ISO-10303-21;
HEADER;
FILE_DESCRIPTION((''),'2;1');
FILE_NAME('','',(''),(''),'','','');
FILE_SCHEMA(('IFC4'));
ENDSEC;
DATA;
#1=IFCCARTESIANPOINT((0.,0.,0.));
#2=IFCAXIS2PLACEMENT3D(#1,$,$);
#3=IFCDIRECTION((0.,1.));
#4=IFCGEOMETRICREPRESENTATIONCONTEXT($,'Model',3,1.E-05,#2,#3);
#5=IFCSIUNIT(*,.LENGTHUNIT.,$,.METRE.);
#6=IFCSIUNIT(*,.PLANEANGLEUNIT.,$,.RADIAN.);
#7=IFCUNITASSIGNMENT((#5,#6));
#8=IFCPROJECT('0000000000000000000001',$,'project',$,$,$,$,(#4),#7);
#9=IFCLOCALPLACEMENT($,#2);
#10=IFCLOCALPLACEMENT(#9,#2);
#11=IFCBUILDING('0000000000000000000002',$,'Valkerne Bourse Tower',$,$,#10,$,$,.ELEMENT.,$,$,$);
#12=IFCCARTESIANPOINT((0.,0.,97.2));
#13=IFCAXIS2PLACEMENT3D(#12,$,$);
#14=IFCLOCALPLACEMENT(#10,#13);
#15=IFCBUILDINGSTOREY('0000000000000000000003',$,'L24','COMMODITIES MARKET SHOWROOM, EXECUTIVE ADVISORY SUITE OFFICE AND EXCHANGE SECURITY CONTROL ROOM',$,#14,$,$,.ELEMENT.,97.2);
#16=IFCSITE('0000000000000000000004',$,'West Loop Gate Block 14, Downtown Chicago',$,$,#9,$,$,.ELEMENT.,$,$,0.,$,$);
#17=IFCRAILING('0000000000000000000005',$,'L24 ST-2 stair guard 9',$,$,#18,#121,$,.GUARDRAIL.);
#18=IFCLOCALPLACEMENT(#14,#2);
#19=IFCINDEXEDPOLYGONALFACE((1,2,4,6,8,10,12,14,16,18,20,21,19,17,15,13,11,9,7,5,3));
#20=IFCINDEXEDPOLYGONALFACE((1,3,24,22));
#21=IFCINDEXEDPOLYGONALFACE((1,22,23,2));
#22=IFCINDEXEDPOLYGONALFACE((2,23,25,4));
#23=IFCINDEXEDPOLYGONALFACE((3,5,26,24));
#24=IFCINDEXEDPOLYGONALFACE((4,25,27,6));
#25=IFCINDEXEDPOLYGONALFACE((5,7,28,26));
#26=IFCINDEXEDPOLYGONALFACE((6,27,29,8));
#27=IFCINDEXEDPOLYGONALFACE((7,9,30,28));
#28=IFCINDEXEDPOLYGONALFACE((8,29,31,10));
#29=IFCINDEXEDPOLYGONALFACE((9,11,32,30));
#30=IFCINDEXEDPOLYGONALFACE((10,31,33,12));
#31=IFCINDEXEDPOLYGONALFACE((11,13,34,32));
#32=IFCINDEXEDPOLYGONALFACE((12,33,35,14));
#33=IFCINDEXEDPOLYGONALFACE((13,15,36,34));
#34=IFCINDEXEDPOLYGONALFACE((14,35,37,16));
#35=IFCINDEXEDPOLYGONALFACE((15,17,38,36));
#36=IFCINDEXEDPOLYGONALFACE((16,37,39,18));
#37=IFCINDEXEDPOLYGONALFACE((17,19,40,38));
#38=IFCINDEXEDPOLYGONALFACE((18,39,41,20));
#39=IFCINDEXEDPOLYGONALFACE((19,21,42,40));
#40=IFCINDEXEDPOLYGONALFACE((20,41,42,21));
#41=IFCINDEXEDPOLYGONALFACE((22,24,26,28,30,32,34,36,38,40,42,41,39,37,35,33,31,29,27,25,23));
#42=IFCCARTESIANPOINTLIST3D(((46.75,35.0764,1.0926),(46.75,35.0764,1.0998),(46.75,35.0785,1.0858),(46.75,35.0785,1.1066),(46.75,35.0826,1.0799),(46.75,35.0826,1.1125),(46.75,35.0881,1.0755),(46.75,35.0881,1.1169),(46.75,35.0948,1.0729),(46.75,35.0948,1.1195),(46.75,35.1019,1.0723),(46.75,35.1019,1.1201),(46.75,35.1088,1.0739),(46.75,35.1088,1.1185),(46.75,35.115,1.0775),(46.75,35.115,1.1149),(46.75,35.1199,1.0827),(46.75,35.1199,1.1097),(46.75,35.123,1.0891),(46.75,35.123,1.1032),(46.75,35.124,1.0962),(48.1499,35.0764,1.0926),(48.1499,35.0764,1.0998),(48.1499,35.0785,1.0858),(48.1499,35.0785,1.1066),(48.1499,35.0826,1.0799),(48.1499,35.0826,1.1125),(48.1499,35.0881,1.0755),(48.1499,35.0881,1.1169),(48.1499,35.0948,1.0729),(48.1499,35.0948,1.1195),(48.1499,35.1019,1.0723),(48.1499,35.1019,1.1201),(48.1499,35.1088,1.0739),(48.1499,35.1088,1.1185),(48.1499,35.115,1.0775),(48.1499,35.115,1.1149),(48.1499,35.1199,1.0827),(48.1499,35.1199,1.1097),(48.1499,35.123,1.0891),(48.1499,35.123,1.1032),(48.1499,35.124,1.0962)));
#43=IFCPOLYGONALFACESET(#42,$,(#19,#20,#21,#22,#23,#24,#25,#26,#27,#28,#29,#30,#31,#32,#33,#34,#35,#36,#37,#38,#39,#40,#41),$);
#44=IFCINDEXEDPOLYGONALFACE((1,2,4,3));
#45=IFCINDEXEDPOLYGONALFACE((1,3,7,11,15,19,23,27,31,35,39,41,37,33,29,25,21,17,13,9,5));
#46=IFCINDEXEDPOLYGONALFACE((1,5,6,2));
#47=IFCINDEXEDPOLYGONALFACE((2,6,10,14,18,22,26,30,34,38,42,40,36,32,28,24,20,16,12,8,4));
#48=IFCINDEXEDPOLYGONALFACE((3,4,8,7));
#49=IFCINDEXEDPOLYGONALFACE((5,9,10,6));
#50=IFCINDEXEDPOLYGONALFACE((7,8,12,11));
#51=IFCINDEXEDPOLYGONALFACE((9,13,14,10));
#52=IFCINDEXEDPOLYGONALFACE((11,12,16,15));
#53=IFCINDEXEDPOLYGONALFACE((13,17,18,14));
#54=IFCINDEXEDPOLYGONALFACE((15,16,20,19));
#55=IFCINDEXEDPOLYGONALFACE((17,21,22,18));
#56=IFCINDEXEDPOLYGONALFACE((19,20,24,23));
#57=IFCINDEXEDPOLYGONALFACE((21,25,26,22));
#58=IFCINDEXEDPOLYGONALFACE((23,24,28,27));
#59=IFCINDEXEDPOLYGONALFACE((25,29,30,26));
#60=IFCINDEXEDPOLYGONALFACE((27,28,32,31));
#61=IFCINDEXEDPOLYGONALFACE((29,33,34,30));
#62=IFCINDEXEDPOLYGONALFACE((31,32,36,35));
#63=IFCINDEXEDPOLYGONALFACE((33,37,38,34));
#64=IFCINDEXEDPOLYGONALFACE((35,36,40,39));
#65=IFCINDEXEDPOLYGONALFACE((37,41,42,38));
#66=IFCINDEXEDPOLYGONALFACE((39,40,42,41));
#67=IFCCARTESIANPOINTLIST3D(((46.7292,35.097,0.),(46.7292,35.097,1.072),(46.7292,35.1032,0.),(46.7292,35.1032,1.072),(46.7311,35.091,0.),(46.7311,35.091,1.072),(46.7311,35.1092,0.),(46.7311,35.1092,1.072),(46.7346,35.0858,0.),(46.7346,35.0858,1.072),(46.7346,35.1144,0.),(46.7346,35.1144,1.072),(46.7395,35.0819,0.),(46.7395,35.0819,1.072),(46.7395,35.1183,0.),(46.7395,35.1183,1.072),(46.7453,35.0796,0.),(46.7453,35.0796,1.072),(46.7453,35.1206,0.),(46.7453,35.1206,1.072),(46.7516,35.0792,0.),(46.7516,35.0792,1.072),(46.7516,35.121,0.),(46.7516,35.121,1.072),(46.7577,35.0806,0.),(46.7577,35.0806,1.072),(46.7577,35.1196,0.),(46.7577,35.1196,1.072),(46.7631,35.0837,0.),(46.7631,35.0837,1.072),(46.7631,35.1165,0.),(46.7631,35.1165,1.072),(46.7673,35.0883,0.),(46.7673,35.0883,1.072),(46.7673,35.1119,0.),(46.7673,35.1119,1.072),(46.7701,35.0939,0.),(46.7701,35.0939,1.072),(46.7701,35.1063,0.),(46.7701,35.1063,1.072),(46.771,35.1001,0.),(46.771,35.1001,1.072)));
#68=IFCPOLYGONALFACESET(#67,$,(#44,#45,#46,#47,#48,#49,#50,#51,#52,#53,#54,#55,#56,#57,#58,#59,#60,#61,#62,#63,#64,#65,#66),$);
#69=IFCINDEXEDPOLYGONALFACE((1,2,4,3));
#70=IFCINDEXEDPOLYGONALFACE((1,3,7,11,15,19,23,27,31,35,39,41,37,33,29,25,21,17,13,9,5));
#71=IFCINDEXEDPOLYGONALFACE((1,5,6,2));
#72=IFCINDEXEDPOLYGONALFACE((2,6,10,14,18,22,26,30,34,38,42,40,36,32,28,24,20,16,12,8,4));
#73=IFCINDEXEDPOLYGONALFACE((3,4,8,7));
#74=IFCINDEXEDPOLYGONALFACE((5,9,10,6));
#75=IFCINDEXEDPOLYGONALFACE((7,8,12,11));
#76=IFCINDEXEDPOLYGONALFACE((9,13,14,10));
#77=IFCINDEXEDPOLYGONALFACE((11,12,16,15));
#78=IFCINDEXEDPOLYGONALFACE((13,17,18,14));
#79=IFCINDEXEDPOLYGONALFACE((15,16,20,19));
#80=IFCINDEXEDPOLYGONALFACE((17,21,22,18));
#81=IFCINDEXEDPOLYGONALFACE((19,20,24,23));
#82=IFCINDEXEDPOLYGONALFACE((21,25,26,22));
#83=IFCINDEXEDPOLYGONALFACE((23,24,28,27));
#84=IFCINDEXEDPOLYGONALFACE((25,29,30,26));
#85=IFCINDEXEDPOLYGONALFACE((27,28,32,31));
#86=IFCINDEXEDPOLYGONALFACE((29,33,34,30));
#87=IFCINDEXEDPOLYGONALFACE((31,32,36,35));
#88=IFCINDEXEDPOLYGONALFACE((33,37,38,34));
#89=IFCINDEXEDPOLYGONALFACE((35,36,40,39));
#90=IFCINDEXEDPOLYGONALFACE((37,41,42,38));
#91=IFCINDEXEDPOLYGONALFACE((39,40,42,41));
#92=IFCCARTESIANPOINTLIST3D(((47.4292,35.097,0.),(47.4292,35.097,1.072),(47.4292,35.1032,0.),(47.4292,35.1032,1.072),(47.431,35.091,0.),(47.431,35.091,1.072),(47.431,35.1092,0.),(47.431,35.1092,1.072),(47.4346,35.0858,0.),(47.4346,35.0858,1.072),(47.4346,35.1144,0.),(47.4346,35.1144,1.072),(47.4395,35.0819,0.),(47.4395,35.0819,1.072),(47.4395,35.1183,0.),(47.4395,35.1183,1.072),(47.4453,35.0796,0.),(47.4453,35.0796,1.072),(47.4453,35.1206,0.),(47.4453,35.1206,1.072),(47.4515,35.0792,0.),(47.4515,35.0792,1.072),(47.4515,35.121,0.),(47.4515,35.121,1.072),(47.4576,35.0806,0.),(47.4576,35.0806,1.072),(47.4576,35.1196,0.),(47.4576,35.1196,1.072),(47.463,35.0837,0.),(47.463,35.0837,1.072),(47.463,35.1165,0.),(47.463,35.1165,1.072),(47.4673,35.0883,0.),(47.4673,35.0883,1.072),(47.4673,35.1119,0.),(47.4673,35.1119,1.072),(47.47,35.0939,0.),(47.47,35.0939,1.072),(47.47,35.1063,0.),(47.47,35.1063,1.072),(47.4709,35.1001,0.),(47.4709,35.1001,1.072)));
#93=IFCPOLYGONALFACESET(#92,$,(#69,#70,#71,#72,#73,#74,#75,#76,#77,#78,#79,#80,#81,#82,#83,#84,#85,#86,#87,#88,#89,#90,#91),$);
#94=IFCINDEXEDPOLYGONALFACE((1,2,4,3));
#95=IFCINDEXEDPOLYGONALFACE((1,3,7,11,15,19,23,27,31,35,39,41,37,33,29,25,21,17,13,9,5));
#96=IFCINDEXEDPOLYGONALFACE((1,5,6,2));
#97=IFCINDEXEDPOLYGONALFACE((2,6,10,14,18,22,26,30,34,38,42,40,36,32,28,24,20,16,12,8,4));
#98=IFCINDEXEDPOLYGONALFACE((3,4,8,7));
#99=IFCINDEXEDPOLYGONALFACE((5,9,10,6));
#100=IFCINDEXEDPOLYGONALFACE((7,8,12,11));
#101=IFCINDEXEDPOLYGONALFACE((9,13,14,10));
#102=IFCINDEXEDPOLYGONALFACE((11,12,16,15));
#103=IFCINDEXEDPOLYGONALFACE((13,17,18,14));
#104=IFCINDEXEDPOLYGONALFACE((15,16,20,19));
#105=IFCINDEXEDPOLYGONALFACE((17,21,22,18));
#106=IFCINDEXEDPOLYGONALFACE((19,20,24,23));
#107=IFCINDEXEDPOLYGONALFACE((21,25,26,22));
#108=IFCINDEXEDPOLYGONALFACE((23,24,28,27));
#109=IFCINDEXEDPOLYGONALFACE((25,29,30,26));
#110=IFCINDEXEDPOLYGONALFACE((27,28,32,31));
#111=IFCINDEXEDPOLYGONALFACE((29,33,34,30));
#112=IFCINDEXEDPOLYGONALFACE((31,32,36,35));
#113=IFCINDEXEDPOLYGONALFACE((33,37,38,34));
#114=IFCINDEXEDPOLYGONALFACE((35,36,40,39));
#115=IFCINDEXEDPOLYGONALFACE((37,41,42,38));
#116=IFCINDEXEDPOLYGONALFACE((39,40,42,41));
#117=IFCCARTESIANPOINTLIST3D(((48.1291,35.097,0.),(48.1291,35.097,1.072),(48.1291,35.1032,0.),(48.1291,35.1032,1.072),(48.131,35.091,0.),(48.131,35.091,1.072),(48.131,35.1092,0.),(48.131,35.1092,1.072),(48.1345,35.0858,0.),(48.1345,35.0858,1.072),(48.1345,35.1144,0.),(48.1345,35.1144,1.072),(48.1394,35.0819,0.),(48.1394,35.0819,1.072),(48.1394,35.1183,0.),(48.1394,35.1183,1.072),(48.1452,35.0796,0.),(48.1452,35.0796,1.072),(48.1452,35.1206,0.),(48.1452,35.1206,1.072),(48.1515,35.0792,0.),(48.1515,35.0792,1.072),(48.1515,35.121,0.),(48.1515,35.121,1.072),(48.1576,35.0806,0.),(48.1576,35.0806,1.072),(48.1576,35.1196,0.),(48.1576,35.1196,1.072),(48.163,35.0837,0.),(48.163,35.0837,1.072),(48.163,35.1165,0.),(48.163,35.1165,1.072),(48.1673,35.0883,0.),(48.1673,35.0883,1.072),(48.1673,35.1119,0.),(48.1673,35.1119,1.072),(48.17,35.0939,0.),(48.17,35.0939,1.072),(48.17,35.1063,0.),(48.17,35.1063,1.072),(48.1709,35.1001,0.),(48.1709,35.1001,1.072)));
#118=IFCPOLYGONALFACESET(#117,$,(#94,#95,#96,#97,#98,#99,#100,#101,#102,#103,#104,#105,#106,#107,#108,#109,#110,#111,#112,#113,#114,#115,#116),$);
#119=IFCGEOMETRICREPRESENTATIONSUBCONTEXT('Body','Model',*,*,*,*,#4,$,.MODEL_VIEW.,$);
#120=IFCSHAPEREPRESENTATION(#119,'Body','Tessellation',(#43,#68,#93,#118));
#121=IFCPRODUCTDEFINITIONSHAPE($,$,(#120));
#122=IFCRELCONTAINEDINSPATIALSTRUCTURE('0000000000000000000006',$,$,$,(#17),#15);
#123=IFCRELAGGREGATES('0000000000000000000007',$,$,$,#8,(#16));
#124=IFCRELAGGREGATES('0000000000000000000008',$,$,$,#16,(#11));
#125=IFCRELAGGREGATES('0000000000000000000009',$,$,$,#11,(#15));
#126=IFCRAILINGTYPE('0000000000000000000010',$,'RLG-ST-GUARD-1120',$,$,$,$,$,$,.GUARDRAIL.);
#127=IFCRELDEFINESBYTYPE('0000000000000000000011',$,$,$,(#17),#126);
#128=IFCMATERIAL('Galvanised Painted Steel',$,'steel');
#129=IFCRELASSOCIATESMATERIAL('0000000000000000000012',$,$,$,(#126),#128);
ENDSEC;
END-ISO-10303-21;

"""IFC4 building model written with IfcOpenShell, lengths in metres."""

from ifc_helpers import new_model, si_unit, direction, frame, origin, origin_2d, place, context, subcontext, project, spatial, circle, extrude, material, type_object, element, save


model = new_model("IFC4")

# Units and contexts
model_context = context("Model", 3, precision=1e-05, world=origin(), true_north=direction((0.0, 1.0)))
body_context = subcontext(model_context, "Body", "Model", "MODEL_VIEW")
ifc_project = project(units=[si_unit("LENGTHUNIT", "METRE"), si_unit("PLANEANGLEUNIT", "RADIAN")], contexts=[model_context])

# Site, building, storey
site_placement = place(None, origin())
site = spatial("IfcSite", under=ifc_project, at=site_placement, Name="West Loop Gate Block 14, Downtown Chicago", CompositionType="ELEMENT", RefElevation=0.0)
building_placement = place(site_placement, origin())
building = spatial("IfcBuilding", under=site, at=building_placement, Name="Valkerne Bourse Tower", CompositionType="ELEMENT")
storey_placement = place(building_placement, frame((0.0, 0.0, 97.2)))
storey = spatial("IfcBuildingStorey", under=building, at=storey_placement, Name="L24", Description="COMMODITIES MARKET SHOWROOM, EXECUTIVE ADVISORY SUITE OFFICE AND EXCHANGE SECURITY CONTROL ROOM", CompositionType="ELEMENT", Elevation=97.2)

# Shared definitions
ifc_material_1 = material(Name="Galvanised Painted Steel", Category="steel")

# Railing
railing_type_1 = type_object("IfcRailingType", Name="RLG-ST-GUARD-1120", PredefinedType="GUARDRAIL", material=ifc_material_1)
for number, where, name in (
    (1, (46.75, 35.1001, 0.0), "L24 ST-2 stair guard 9"),
):
    element("IfcRailing", number, at=place(storey_placement, frame(where)), inside=storey, type_object=railing_type_1, Name=name, PredefinedType="GUARDRAIL", context=body_context, shape_type="SweptSolid", body=[
        extrude(circle(Radius=0.0239, at=origin_2d()), frame((0.0, 0.0, 1.0962), z_axis=(1.0, 0.0, 0.0), x_axis=(0.0, 1.0, 0.0)), (0.0, 0.0, 1.0), 1.3999),
        extrude(circle(Radius=0.021, at=origin_2d()), origin(), (0.0, 0.0, 1.0), 1.072),
        extrude(circle(Radius=0.021, at=origin_2d()), frame((0.7, 0.0, 0.0)), (0.0, 0.0, 1.0), 1.072),
        extrude(circle(Radius=0.021, at=origin_2d()), frame((1.3999, 0.0, 0.0)), (0.0, 0.0, 1.0), 1.072),
    ])

save(model, "model.ifc")
